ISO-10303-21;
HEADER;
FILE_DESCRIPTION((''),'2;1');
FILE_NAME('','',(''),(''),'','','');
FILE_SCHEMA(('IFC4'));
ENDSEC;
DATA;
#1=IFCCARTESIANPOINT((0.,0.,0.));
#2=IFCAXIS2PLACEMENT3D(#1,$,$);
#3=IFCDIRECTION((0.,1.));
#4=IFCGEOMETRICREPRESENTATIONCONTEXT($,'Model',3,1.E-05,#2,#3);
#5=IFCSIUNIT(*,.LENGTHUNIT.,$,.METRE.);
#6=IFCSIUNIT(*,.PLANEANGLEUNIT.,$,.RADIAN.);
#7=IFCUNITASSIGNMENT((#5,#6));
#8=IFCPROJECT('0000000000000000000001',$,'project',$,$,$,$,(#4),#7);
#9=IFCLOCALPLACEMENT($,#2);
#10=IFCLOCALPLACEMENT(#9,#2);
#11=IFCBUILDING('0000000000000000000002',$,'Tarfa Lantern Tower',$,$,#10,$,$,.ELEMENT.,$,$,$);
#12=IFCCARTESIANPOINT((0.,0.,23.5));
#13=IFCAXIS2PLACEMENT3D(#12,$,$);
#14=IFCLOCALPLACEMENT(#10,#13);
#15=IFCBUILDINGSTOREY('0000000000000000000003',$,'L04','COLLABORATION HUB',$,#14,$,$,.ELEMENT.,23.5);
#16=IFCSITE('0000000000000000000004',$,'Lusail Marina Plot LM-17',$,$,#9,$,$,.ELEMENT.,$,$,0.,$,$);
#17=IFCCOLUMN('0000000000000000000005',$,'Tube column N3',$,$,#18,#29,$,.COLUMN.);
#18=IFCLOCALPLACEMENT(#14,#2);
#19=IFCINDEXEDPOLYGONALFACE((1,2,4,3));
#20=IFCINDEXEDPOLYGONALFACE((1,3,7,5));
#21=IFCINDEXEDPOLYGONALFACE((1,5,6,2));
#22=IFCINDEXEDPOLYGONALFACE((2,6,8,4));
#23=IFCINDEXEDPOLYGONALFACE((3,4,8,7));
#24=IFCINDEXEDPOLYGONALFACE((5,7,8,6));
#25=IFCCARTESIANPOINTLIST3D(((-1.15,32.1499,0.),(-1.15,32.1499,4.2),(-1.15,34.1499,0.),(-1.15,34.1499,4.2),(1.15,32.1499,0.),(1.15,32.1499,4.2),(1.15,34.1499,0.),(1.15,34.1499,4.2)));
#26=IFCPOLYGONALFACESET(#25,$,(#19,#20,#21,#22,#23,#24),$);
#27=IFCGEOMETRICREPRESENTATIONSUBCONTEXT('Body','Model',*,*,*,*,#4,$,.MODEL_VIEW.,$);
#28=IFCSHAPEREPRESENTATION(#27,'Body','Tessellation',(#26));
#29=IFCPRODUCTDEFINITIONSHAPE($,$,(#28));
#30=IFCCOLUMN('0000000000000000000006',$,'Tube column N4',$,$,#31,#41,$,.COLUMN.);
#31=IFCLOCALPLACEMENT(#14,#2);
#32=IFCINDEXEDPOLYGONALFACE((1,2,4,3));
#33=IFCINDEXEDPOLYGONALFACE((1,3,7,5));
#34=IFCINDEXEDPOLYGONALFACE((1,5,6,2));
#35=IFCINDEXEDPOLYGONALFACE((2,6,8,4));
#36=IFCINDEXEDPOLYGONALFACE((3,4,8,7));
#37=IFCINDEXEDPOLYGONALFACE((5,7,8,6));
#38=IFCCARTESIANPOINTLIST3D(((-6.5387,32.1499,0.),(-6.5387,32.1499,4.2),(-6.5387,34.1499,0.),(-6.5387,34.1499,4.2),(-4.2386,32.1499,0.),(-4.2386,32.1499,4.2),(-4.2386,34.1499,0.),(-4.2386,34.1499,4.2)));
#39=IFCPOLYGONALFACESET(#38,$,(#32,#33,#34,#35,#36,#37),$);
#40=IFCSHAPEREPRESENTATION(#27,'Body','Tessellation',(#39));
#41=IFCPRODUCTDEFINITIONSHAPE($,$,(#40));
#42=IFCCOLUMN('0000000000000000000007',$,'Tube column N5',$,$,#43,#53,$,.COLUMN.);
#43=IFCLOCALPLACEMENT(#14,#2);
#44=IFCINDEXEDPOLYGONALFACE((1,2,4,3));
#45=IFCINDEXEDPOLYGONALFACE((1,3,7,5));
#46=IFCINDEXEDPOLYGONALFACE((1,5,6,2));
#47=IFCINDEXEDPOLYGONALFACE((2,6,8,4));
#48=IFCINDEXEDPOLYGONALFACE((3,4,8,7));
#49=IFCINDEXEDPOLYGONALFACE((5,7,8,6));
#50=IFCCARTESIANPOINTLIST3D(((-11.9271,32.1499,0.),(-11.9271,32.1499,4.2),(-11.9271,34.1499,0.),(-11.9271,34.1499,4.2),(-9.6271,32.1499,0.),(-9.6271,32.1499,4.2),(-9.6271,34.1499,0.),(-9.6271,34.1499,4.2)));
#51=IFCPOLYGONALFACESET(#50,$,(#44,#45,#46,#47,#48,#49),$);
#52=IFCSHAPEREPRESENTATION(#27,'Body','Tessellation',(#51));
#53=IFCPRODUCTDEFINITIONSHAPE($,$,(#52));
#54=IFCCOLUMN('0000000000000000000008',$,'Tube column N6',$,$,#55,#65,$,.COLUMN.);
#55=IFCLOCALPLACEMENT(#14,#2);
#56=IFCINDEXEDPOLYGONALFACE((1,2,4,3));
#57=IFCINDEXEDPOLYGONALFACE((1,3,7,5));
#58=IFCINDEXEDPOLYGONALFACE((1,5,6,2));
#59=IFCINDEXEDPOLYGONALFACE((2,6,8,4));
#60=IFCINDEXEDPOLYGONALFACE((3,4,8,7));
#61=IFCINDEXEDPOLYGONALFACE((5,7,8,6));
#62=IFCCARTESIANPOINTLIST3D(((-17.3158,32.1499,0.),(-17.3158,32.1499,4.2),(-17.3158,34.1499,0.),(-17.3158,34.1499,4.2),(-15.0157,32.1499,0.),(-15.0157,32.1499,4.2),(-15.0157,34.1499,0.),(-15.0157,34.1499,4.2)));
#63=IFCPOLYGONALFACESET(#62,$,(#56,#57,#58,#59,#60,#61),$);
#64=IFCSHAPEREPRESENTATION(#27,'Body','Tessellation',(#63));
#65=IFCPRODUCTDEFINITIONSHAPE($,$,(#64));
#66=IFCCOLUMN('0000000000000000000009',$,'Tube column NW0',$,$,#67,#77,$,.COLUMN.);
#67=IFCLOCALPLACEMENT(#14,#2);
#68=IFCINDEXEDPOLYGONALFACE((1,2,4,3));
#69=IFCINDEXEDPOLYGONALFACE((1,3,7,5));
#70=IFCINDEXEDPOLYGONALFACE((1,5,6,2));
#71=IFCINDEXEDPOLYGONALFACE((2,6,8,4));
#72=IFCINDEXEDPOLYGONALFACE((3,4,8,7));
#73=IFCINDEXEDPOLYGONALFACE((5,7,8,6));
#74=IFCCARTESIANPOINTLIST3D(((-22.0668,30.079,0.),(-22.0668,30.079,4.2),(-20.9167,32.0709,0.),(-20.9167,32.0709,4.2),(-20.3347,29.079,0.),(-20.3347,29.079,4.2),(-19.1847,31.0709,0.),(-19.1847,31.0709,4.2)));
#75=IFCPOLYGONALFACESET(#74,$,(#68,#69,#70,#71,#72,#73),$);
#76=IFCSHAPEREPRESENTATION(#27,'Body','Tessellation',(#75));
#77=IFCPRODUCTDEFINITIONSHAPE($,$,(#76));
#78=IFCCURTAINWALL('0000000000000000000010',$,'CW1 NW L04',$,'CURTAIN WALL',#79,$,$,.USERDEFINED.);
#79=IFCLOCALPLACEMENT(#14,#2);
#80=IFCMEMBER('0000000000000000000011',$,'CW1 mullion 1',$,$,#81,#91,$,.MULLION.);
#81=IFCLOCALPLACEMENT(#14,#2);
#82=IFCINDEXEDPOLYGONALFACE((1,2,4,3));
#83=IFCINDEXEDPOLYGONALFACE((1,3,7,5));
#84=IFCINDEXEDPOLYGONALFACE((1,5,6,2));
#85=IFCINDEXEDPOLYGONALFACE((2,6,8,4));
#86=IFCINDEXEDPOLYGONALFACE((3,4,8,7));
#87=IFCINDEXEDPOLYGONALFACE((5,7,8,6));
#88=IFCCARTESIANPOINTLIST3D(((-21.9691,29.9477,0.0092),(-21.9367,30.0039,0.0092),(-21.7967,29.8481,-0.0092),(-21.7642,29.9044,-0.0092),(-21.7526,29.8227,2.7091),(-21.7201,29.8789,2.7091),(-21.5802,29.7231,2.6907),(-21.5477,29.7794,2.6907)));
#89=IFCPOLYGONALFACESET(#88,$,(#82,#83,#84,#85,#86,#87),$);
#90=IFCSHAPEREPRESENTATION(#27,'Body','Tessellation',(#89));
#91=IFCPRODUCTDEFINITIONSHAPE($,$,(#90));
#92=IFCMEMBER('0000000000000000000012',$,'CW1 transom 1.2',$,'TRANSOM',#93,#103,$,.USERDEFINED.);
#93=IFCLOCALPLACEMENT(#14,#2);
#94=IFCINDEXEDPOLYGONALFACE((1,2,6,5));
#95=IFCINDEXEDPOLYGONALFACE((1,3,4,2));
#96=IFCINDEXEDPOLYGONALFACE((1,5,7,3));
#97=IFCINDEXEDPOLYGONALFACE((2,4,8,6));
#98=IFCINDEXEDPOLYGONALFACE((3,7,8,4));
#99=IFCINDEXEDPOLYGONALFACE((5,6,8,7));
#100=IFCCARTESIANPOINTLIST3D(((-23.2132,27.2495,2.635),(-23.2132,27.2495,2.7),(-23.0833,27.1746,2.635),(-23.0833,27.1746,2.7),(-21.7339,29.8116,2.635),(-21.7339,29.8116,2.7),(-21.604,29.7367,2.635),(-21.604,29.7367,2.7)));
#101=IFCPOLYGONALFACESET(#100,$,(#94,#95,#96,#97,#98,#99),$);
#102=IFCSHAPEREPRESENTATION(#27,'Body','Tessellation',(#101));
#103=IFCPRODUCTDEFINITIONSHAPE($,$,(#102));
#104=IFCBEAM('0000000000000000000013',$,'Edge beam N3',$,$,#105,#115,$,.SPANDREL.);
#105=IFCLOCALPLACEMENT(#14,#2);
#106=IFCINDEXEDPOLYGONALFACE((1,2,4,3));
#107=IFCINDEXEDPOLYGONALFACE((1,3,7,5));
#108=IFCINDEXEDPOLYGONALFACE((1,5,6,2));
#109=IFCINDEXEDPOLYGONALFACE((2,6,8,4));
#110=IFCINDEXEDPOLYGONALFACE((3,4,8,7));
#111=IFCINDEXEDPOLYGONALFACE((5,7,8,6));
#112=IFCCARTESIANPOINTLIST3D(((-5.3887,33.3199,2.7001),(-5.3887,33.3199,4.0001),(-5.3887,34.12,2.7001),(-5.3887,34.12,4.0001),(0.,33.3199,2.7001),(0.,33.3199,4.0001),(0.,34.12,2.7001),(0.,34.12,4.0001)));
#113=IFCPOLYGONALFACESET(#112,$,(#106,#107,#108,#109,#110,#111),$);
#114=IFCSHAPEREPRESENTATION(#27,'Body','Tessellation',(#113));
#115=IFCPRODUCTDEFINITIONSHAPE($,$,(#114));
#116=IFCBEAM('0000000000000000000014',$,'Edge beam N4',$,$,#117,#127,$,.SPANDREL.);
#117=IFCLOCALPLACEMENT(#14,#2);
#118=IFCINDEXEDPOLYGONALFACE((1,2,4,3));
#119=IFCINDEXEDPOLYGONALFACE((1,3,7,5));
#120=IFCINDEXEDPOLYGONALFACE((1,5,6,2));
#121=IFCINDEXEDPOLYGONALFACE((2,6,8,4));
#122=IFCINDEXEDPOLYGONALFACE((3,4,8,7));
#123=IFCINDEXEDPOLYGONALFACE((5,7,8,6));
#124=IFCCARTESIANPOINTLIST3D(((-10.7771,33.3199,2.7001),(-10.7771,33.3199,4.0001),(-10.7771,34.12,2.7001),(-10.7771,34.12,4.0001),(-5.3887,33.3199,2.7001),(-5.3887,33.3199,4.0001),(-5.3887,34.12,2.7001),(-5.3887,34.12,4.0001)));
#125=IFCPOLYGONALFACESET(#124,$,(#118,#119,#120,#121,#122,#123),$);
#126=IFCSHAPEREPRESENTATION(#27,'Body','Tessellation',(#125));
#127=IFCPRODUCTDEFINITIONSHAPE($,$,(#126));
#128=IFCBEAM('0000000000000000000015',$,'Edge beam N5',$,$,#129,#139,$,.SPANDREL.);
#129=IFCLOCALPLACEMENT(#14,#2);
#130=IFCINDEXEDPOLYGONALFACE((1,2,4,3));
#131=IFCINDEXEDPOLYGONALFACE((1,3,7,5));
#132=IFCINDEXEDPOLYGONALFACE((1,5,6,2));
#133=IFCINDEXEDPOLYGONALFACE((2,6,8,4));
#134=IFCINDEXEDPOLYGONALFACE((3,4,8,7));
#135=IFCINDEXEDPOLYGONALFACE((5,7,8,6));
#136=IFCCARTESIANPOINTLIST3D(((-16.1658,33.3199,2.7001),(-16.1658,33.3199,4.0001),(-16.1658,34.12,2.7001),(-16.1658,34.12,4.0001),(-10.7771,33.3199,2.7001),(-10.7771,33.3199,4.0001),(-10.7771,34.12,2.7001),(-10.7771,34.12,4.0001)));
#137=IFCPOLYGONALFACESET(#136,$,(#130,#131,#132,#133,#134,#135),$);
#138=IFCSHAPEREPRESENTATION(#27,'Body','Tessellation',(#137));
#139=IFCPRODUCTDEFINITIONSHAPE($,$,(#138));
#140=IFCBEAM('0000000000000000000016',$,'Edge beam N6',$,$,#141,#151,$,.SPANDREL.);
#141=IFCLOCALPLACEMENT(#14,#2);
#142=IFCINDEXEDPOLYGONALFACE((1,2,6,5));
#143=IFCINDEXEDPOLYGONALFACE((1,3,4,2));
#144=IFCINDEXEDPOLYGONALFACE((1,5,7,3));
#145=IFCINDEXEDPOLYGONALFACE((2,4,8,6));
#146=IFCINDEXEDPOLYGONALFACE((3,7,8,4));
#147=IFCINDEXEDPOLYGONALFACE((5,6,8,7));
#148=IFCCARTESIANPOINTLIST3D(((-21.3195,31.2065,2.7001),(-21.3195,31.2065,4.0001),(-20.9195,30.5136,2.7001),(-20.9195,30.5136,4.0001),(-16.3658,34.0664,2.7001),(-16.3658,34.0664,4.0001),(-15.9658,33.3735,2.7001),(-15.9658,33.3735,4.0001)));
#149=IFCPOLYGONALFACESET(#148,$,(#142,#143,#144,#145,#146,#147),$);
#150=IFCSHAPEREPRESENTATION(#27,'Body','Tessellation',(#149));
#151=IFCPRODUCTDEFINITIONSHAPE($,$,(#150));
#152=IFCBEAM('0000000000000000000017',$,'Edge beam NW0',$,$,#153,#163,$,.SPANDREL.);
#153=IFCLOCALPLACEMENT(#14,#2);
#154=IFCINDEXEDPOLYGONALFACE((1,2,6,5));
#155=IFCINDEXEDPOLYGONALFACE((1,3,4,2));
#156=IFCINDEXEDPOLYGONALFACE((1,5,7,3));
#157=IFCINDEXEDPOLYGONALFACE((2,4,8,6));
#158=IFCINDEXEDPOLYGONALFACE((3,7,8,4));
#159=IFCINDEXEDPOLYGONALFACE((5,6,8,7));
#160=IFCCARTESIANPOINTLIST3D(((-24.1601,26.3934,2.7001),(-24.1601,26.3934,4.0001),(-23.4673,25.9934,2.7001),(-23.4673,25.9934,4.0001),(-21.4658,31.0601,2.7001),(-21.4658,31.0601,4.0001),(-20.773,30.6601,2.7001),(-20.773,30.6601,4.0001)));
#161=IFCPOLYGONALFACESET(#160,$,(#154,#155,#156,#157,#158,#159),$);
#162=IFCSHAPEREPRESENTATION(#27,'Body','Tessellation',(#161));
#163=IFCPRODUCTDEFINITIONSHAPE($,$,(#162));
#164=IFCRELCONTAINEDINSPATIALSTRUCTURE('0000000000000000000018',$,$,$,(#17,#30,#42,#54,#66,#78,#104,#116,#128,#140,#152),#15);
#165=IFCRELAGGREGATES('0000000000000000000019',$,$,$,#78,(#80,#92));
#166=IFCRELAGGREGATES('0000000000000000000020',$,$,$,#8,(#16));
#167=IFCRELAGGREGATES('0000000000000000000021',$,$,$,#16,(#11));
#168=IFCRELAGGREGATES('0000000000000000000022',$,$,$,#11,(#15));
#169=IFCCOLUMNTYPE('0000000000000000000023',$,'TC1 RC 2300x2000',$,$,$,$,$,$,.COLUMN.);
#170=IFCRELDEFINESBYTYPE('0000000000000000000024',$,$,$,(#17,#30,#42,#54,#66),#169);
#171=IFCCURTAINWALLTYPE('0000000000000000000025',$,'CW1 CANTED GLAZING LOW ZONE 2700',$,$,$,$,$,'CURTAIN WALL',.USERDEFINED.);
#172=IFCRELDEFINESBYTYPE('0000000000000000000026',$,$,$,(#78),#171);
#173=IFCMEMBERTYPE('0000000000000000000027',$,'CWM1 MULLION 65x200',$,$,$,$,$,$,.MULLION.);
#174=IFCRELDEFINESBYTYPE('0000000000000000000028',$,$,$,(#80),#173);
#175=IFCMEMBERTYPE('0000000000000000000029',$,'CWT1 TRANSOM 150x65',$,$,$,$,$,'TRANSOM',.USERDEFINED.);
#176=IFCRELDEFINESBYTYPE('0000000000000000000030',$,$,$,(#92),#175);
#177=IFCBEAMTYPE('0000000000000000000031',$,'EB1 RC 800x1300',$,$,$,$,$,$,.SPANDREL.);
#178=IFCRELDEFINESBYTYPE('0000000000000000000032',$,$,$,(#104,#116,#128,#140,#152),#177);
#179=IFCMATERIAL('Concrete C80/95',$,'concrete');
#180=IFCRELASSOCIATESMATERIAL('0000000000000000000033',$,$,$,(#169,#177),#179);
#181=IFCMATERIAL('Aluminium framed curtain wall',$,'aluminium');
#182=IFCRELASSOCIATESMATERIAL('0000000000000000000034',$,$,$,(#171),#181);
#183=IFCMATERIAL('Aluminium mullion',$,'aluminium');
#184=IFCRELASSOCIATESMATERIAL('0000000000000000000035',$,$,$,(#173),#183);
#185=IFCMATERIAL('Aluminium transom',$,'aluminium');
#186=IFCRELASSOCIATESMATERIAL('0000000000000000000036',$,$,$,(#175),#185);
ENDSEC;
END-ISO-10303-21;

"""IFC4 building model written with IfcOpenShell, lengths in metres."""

from ifc_helpers import new_model, si_unit, direction, frame, origin, origin_2d, place, context, subcontext, project, spatial, rectangle, extrude, material, material_profile, profile_set, type_object, element, aggregate, save


model = new_model("IFC4")

# Units and contexts
model_context = context("Model", 3, precision=1e-05, world=origin(), true_north=direction((0.0, 1.0)))
body_context = subcontext(model_context, "Body", "Model", "MODEL_VIEW")
ifc_project = project(units=[si_unit("LENGTHUNIT", "METRE"), si_unit("PLANEANGLEUNIT", "RADIAN")], contexts=[model_context])

# Site, building, storey
site_placement = place(None, origin())
site = spatial("IfcSite", under=ifc_project, at=site_placement, Name="Lusail Marina Plot LM-17", CompositionType="ELEMENT", RefElevation=0.0)
building_placement = place(site_placement, origin())
building = spatial("IfcBuilding", under=site, at=building_placement, Name="Tarfa Lantern Tower", CompositionType="ELEMENT")
storey_placement = place(building_placement, frame((0.0, 0.0, 23.5)))
storey = spatial("IfcBuildingStorey", under=building, at=storey_placement, Name="L04", Description="COLLABORATION HUB", CompositionType="ELEMENT", Elevation=23.5)

# Columns
ifc_material_1 = material(Name="Concrete C80/95", Category="concrete")
ifc_material_profile_1 = material_profile(ifc_material_1, rectangle(XDim=2.3, YDim=2.0, at=origin_2d()), Name="RC 2300x2000")
ifc_profile_set_1 = profile_set([ifc_material_profile_1], Name="Concrete C80/95")
column_type = type_object("IfcColumnType", Name="TC1 RC 2300x2000", PredefinedType="COLUMN", material=ifc_profile_set_1)
for number, where, z_axis, x_axis, name in (
    (1, (0.0, 33.1499, 0.0), (0.0, 0.0, 1.0), (-1.0, 0.0, 0.0), "Tube column N3"),
    (2, (-5.3887, 33.1499, 0.0), (0.0, 0.0, 1.0), (-1.0, 0.0, 0.0), "Tube column N4"),
    (3, (-10.7771, 33.1499, 0.0), (0.0, 0.0, 1.0), (-1.0, 0.0, 0.0), "Tube column N5"),
    (4, (-16.1658, 33.1499, 0.0), (0.0, 0.0, 1.0), (-1.0, 0.0, 0.0), "Tube column N6"),
    (5, (-20.6257, 30.575, 0.0), (0.0, 0.0, 1.0), (-0.5, -0.866025, 0.0), "Tube column NW0"),
):
    element("IfcColumn", number, at=place(storey_placement, frame(where, z_axis=z_axis, x_axis=x_axis)), inside=storey, type_object=column_type, Name=name, PredefinedType="COLUMN", context=body_context, shape_type="SweptSolid", body=[
        extrude(rectangle(XDim=2.3, YDim=2.0, at=origin_2d()), origin(), (0.0, 0.0, 1.0), 4.2),
    ])

# Curtain wall, members
ifc_material_2 = material(Name="Aluminium framed curtain wall", Category="aluminium")
curtain_wall_type = type_object("IfcCurtainWallType", Name="CW1 CANTED GLAZING LOW ZONE 2700", ElementType="CURTAIN WALL", PredefinedType="USERDEFINED", material=ifc_material_2)
curtain_wall_placement = place(storey_placement, origin())
curtain_wall = element("IfcCurtainWall", 6, at=curtain_wall_placement, inside=storey, type_object=curtain_wall_type, Name="CW1 NW L04", ObjectType="CURTAIN WALL", PredefinedType="USERDEFINED")
ifc_material_3 = material(Name="Aluminium mullion", Category="aluminium")
ifc_material_profile_2 = material_profile(ifc_material_3, rectangle(XDim=0.0649, YDim=0.2, at=origin_2d()), Name="AL MULLION 65x200")
ifc_profile_set_2 = profile_set([ifc_material_profile_2], Name="Aluminium mullion")
member_type_1 = type_object("IfcMemberType", Name="CWM1 MULLION 65x200", PredefinedType="MULLION", material=ifc_profile_set_2)
member_1_placement = place(storey_placement, frame((-21.8667, 29.926, 0.0), z_axis=(0.079864, -0.0461, 0.995739), x_axis=(0.49992, 0.866072, 0.0)))
member_1 = element("IfcMember", 7, at=member_1_placement, type_object=member_type_1, Name="CW1 mullion 1", PredefinedType="MULLION", context=body_context, shape_type="SweptSolid", body=[
    extrude(rectangle(XDim=0.0649, YDim=0.2, at=origin_2d()), origin(), (0.0, 0.0, 1.0), 2.7114),
])
ifc_material_4 = material(Name="Aluminium transom", Category="aluminium")
ifc_material_profile_3 = material_profile(ifc_material_4, rectangle(XDim=0.1499, YDim=0.0649, at=origin_2d()), Name="AL TRANSOM 150x65")
ifc_profile_set_3 = profile_set([ifc_material_profile_3], Name="Aluminium transom")
member_type_2 = type_object("IfcMemberType", Name="CWT1 TRANSOM 150x65", ElementType="TRANSOM", PredefinedType="USERDEFINED", material=ifc_profile_set_3)
member_2_placement = place(storey_placement, frame((-21.6689, 29.7742, 2.6675), z_axis=(-0.500018, -0.866015, 0.0), x_axis=(0.866015, -0.500018, 0.0)))
member_2 = element("IfcMember", 8, at=member_2_placement, type_object=member_type_2, Name="CW1 transom 1.2", ObjectType="TRANSOM", PredefinedType="USERDEFINED", context=body_context, shape_type="SweptSolid", body=[
    extrude(rectangle(XDim=0.1499, YDim=0.0649, at=origin_2d()), origin(), (0.0, 0.0, 1.0), 2.9585),
])

# Beams
ifc_material_profile_4 = material_profile(ifc_material_1, rectangle(XDim=0.8, YDim=1.3, at=origin_2d()), Name="RC 800x1300")
ifc_profile_set_4 = profile_set([ifc_material_profile_4], Name="Concrete C80/95")
beam_type_1 = type_object("IfcBeamType", Name="EB1 RC 800x1300", PredefinedType="SPANDREL", material=ifc_profile_set_4)
beam_1_placement = place(storey_placement, frame((0.0, 33.72, 3.3501), z_axis=(-1.0, 0.0, 0.0), x_axis=(0.0, -1.0, 0.0)))
element("IfcBeam", 9, at=beam_1_placement, inside=storey, type_object=beam_type_1, Name="Edge beam N3", PredefinedType="SPANDREL", context=body_context, shape_type="SweptSolid", body=[
    extrude(rectangle(XDim=0.8, YDim=1.3, at=origin_2d()), origin(), (0.0, 0.0, 1.0), 5.3887),
])
beam_2_placement = place(storey_placement, frame((-5.3887, 33.72, 3.3501), z_axis=(-1.0, 0.0, 0.0), x_axis=(0.0, -1.0, 0.0)))
element("IfcBeam", 10, at=beam_2_placement, inside=storey, type_object=beam_type_1, Name="Edge beam N4", PredefinedType="SPANDREL", context=body_context, shape_type="SweptSolid", body=[
    extrude(rectangle(XDim=0.8, YDim=1.3, at=origin_2d()), origin(), (0.0, 0.0, 1.0), 5.3884),
])
beam_3_placement = place(storey_placement, frame((-10.7771, 33.72, 3.3501), z_axis=(-1.0, 0.0, 0.0), x_axis=(0.0, -1.0, 0.0)))
element("IfcBeam", 11, at=beam_3_placement, inside=storey, type_object=beam_type_1, Name="Edge beam N5", PredefinedType="SPANDREL", context=body_context, shape_type="SweptSolid", body=[
    extrude(rectangle(XDim=0.8, YDim=1.3, at=origin_2d()), origin(), (0.0, 0.0, 1.0), 5.3887),
])
beam_4_placement = place(storey_placement, frame((-16.1658, 33.72, 3.3501), z_axis=(-0.866033, -0.499986, 0.0), x_axis=(0.499986, -0.866033, 0.0)))
element("IfcBeam", 12, at=beam_4_placement, inside=storey, type_object=beam_type_1, Name="Edge beam N6", PredefinedType="SPANDREL", context=body_context, shape_type="SweptSolid", body=[
    extrude(rectangle(XDim=0.8, YDim=1.3, at=origin_2d()), origin(), (0.0, 0.0, 1.0), 5.72),
])
beam_5_placement = place(storey_placement, frame((-21.1194, 30.8601, 3.3501), z_axis=(-0.499998, -0.866026, 0.0), x_axis=(0.866026, -0.499998, 0.0)))
element("IfcBeam", 13, at=beam_5_placement, inside=storey, type_object=beam_type_1, Name="Edge beam NW0", PredefinedType="SPANDREL", context=body_context, shape_type="SweptSolid", body=[
    extrude(rectangle(XDim=0.8, YDim=1.3, at=origin_2d()), origin(), (0.0, 0.0, 1.0), 5.3887),
])

aggregate(curtain_wall, [member_1, member_2])

save(model, "model.ifc")
